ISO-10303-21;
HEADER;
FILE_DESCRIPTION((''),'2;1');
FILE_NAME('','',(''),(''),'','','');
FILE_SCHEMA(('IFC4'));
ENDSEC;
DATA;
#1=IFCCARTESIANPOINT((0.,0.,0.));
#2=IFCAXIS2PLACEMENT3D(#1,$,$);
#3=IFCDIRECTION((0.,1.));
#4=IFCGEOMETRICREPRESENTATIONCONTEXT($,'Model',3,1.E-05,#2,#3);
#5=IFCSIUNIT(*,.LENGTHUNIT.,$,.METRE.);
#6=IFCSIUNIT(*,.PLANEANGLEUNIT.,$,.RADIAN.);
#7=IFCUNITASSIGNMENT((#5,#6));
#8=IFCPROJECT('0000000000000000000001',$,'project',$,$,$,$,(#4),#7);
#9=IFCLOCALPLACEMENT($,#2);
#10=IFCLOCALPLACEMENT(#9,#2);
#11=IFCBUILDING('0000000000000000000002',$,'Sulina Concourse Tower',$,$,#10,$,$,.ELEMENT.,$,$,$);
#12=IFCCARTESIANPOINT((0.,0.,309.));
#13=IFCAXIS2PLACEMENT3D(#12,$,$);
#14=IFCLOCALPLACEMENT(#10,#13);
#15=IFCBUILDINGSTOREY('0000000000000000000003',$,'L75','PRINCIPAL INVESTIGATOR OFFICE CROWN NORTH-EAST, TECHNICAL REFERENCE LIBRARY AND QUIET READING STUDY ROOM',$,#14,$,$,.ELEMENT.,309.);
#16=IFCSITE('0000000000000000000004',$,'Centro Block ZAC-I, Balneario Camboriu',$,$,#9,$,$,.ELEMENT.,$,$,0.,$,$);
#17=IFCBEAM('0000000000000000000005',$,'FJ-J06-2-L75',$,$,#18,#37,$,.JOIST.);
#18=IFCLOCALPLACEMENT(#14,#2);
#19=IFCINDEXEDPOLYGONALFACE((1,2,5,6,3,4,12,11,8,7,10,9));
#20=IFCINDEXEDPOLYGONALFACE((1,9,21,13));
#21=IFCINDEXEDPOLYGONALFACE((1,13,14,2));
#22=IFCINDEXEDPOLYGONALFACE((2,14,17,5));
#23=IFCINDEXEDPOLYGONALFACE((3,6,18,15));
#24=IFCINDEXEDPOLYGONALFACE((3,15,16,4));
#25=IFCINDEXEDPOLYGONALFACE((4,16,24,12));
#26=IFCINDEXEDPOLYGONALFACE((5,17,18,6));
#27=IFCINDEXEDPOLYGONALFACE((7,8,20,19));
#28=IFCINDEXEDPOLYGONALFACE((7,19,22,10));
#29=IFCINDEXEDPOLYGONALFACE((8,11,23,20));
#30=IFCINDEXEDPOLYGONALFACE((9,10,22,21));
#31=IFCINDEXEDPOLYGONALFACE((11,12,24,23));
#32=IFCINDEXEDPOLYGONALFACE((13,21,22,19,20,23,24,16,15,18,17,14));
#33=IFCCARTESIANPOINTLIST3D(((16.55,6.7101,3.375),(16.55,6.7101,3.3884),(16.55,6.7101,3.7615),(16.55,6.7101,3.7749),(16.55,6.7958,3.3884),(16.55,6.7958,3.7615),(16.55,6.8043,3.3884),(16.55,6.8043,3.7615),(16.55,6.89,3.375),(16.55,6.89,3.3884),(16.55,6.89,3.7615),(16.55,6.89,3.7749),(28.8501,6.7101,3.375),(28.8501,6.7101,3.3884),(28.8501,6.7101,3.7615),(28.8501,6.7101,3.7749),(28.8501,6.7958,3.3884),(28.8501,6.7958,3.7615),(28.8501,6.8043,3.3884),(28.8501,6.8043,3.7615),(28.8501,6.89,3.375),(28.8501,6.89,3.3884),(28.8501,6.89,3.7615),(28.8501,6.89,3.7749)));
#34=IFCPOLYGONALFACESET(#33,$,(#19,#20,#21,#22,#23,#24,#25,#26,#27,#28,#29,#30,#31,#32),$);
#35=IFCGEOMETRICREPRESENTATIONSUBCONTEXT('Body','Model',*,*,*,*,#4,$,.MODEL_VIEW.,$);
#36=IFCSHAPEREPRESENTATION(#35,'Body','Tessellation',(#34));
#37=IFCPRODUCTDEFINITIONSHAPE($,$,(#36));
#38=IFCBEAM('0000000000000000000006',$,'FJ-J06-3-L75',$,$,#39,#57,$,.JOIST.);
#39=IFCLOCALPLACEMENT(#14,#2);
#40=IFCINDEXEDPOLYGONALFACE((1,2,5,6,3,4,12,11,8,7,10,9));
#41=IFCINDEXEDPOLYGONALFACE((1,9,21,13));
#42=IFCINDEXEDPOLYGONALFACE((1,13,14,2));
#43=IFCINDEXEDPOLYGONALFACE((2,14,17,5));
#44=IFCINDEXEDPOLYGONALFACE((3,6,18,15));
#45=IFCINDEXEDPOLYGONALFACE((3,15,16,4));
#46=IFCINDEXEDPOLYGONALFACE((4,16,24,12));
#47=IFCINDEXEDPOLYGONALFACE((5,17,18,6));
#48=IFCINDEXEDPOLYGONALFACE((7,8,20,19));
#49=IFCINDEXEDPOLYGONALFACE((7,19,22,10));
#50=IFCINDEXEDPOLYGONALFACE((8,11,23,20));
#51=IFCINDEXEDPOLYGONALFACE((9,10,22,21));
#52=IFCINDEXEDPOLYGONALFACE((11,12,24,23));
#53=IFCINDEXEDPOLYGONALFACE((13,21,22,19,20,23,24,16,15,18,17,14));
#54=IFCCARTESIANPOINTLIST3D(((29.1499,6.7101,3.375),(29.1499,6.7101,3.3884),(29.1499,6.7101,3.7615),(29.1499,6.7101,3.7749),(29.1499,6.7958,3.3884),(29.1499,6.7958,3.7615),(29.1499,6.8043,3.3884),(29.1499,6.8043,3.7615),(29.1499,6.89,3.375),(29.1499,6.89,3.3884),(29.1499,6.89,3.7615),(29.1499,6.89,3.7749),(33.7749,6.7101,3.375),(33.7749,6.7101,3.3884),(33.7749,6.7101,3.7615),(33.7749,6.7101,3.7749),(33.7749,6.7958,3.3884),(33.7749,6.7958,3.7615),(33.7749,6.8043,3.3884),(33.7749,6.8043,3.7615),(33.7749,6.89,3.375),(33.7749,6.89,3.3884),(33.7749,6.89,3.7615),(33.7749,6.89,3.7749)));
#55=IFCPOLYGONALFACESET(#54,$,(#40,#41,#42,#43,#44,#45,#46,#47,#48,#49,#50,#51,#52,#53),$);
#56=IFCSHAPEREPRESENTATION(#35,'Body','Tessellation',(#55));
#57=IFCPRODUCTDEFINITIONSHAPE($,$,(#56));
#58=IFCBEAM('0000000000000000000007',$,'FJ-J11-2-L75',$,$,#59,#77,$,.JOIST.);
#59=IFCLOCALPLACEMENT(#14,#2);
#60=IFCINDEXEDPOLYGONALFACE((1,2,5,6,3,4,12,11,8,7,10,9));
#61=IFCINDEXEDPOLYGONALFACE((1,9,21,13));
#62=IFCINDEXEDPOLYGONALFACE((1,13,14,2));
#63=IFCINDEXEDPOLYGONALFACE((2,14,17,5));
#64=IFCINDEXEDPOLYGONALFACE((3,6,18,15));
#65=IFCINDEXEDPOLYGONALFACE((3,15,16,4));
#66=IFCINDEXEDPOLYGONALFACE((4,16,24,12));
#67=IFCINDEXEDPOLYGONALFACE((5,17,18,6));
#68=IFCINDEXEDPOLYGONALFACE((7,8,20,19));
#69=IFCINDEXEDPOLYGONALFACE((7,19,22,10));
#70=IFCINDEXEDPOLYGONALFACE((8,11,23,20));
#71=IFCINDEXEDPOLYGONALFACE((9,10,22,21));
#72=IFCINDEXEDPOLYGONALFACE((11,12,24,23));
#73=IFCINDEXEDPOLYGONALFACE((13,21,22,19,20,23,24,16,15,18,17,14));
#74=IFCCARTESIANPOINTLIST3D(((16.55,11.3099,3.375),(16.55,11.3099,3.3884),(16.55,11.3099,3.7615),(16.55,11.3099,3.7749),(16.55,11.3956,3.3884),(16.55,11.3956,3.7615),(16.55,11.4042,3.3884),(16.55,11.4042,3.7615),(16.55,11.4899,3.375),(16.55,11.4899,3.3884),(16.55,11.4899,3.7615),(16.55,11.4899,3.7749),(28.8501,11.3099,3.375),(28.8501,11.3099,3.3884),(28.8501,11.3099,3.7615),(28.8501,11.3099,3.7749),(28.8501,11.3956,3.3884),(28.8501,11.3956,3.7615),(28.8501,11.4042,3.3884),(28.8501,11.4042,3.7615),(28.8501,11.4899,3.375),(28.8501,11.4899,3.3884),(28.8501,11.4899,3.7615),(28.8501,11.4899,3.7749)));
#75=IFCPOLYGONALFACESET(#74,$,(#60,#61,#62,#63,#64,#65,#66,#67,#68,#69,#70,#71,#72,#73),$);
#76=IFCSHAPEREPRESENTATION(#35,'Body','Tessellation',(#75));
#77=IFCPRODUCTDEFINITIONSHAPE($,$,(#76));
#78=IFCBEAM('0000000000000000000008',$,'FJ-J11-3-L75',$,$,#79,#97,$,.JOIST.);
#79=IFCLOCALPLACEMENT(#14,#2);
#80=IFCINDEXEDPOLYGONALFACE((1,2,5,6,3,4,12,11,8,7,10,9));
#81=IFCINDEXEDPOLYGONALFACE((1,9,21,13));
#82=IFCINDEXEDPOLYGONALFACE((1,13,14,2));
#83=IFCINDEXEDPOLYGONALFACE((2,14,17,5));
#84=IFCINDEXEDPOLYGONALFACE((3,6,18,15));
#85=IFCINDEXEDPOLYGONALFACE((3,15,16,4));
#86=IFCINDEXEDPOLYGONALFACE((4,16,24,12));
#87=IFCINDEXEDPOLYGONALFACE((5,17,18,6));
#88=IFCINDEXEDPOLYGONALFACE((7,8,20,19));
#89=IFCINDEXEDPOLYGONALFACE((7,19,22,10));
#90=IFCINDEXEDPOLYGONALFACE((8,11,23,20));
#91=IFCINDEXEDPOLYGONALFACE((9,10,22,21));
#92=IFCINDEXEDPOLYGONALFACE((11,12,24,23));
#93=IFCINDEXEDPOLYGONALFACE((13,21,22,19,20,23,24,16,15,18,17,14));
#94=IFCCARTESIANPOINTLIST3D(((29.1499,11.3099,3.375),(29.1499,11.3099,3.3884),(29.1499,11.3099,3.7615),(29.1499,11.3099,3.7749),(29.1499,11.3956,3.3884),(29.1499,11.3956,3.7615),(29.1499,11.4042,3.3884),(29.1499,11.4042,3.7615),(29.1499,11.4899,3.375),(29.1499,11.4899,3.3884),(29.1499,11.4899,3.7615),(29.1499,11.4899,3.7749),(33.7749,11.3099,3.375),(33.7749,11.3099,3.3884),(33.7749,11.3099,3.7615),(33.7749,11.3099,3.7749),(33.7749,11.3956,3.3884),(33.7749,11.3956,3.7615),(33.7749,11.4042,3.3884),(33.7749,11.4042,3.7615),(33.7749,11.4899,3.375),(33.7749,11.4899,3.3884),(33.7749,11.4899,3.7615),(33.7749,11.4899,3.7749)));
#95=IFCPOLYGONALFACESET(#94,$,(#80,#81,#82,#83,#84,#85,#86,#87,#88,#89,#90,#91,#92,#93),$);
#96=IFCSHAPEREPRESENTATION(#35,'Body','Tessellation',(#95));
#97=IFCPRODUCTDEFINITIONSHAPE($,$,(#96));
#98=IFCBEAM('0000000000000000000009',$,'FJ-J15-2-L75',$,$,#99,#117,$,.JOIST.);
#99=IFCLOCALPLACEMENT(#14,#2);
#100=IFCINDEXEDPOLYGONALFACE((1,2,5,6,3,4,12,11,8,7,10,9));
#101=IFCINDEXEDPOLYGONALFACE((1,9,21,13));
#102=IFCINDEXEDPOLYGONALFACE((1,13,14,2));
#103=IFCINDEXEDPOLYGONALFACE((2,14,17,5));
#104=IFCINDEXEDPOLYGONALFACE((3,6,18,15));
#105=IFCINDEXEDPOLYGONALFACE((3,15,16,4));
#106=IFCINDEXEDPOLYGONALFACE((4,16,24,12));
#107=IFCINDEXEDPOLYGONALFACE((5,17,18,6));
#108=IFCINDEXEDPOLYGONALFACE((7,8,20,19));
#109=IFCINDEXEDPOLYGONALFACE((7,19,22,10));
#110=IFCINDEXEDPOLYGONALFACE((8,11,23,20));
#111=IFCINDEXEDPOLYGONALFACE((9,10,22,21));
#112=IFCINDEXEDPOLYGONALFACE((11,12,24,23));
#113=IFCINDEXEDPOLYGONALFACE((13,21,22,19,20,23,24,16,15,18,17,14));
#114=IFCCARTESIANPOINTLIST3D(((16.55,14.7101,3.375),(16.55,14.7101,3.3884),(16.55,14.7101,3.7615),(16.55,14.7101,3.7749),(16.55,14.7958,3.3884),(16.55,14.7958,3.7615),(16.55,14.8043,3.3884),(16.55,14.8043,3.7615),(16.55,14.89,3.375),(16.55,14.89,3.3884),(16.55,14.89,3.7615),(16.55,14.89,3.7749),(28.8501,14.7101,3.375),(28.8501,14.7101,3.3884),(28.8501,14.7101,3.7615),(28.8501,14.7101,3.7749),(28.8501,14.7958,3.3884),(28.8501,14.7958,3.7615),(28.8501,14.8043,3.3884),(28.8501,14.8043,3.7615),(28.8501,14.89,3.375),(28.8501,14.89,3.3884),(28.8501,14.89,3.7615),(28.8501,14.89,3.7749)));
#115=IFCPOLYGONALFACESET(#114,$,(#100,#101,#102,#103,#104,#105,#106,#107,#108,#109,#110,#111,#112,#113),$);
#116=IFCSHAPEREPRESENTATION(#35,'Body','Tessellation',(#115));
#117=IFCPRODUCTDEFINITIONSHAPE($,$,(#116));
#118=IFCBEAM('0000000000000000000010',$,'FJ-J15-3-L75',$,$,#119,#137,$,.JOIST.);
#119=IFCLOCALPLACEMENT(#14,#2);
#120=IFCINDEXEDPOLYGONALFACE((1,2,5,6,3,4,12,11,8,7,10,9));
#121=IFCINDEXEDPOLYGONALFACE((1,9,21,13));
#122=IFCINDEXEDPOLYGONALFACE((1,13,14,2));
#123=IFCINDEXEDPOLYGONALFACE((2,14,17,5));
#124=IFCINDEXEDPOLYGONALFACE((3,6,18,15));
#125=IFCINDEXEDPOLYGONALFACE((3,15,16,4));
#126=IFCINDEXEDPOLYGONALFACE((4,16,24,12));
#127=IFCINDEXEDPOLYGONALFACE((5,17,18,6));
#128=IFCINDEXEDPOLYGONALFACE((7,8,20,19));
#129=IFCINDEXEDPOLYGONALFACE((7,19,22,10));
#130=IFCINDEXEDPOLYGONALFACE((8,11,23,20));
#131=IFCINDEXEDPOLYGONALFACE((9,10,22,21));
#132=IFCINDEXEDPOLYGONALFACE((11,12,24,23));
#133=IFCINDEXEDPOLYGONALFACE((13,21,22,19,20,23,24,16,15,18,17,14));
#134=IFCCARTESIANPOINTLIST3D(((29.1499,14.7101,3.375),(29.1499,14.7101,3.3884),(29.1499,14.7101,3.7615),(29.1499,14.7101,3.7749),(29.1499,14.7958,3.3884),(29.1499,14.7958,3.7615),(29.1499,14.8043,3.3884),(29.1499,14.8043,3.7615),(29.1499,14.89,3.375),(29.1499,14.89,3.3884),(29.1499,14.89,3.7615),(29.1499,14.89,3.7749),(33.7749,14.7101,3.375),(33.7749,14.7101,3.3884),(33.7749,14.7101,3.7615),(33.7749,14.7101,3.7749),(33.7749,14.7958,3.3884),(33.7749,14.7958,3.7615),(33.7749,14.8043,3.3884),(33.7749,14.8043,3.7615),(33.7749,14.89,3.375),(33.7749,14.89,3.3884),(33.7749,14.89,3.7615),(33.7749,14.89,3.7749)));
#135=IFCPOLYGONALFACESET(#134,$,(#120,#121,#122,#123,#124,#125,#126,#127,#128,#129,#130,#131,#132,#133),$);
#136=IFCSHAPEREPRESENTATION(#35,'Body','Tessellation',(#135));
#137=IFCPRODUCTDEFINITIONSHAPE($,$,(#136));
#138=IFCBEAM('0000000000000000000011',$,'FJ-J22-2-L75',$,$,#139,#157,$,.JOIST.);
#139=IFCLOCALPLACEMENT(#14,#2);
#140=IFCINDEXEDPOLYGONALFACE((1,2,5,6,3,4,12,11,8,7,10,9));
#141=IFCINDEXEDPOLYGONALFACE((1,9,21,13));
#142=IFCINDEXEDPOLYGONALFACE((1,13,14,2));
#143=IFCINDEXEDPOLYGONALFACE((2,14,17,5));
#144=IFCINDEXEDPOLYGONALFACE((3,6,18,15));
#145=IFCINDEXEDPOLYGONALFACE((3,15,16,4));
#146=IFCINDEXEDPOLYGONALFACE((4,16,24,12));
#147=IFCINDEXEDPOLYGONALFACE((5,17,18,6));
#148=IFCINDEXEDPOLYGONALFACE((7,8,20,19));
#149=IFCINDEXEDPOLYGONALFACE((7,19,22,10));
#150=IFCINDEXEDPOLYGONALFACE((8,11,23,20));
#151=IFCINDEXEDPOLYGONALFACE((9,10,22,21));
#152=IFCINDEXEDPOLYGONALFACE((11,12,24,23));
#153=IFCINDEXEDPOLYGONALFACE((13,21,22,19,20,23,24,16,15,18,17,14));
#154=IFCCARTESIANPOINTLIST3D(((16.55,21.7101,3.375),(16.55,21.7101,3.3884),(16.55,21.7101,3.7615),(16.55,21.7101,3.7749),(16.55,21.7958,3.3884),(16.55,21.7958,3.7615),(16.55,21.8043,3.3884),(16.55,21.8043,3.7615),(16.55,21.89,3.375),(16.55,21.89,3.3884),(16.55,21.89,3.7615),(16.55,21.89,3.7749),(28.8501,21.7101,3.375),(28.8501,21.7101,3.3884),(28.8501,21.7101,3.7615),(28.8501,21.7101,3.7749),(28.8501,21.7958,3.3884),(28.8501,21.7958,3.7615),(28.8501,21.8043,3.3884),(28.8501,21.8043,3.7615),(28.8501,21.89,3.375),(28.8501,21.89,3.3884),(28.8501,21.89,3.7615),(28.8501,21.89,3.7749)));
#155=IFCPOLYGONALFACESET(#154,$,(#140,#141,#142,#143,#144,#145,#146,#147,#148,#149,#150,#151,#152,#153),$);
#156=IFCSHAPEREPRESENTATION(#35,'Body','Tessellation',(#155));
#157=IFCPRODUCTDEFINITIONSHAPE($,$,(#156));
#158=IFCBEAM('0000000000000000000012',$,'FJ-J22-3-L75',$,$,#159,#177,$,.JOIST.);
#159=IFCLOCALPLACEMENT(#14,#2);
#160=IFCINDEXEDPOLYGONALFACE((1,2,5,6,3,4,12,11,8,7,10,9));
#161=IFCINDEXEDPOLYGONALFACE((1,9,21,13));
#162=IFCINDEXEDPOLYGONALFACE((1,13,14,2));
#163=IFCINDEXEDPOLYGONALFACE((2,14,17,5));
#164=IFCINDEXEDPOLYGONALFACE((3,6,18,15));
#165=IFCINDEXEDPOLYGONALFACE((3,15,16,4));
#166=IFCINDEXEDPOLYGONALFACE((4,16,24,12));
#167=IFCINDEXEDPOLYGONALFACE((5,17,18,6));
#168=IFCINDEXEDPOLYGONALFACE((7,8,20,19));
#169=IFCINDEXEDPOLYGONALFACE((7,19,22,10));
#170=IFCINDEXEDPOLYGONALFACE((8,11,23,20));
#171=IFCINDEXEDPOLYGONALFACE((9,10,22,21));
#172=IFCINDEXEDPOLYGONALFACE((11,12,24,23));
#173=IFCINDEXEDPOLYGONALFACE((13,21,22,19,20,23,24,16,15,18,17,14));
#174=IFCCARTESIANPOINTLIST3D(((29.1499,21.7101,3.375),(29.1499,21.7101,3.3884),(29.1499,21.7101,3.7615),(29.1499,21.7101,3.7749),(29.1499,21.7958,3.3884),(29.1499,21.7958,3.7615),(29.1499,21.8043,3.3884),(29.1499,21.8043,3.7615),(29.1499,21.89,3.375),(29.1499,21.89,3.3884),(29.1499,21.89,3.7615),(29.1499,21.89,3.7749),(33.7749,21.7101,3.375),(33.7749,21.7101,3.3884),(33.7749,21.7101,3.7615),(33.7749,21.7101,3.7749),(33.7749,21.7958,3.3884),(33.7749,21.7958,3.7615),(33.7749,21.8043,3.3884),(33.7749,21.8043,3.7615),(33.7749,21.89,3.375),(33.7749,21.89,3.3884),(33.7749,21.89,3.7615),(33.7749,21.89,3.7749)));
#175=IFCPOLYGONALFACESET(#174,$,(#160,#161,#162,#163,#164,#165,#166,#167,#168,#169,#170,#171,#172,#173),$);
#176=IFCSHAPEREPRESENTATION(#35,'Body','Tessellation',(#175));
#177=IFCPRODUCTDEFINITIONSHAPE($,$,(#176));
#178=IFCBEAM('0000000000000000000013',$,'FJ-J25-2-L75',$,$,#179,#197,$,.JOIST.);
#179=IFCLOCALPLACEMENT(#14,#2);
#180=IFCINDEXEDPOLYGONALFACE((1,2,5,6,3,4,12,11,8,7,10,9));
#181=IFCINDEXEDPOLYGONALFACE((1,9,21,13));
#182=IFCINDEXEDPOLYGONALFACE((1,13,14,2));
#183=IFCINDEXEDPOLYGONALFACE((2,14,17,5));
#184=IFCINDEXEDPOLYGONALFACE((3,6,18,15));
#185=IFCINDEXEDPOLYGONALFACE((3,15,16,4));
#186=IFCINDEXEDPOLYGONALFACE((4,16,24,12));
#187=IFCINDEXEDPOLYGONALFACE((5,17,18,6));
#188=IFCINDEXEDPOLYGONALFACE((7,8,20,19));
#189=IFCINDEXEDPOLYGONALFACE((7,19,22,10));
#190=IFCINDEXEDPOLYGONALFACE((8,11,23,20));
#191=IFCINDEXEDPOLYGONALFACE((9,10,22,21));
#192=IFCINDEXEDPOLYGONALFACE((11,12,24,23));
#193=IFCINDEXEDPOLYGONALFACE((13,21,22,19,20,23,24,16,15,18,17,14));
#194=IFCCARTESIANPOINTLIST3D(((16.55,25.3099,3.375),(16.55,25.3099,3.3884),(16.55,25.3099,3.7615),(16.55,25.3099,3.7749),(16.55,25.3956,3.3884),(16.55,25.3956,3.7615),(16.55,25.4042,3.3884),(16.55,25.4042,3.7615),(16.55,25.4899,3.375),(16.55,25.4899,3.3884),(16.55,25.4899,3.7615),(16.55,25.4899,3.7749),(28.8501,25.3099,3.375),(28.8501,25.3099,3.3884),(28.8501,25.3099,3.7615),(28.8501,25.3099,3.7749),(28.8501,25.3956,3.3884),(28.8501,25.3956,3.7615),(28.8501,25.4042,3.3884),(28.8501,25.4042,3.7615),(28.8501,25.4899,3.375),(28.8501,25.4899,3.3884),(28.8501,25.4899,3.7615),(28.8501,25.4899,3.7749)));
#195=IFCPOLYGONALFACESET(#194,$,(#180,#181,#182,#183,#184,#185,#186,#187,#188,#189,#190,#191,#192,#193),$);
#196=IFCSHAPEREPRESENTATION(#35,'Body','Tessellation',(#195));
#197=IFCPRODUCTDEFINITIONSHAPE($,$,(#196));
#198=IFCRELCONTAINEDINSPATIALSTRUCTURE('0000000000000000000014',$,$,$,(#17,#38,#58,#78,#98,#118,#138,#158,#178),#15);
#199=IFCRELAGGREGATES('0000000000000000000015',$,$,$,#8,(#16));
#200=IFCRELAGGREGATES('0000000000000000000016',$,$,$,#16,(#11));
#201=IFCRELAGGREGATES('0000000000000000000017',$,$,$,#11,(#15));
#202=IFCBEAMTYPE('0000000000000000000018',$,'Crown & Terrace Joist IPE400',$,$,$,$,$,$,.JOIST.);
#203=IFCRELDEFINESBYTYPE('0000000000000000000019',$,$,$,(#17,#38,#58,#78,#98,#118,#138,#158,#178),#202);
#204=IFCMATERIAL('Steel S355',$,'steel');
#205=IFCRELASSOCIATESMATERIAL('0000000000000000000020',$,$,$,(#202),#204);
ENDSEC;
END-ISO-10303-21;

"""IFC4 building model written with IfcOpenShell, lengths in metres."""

from ifc_helpers import new_model, si_unit, direction, frame, origin, origin_2d, place, context, subcontext, project, spatial, i_section, extrude, material, material_profile, profile_set, type_object, element, save


model = new_model("IFC4")

# Units and contexts
model_context = context("Model", 3, precision=1e-05, world=origin(), true_north=direction((0.0, 1.0)))
body_context = subcontext(model_context, "Body", "Model", "MODEL_VIEW")
ifc_project = project(units=[si_unit("LENGTHUNIT", "METRE"), si_unit("PLANEANGLEUNIT", "RADIAN")], contexts=[model_context])

# Site, building, storey
site_placement = place(None, origin())
site = spatial("IfcSite", under=ifc_project, at=site_placement, Name="Centro Block ZAC-I, Balneario Camboriu", CompositionType="ELEMENT", RefElevation=0.0)
building_placement = place(site_placement, origin())
building = spatial("IfcBuilding", under=site, at=building_placement, Name="Sulina Concourse Tower", CompositionType="ELEMENT")
storey_placement = place(building_placement, frame((0.0, 0.0, 309.0)))
storey = spatial("IfcBuildingStorey", under=building, at=storey_placement, Name="L75", Description="PRINCIPAL INVESTIGATOR OFFICE CROWN NORTH-EAST, TECHNICAL REFERENCE LIBRARY AND QUIET READING STUDY ROOM", CompositionType="ELEMENT", Elevation=309.0)

# Beams
ifc_material_1 = material(Name="Steel S355", Category="steel")
ifc_material_profile_1 = material_profile(ifc_material_1, i_section(OverallWidth=0.1799, OverallDepth=0.3999, WebThickness=0.0085, FlangeThickness=0.0134, at=origin_2d()), Name="IPE 400")
ifc_profile_set_1 = profile_set([ifc_material_profile_1], Name="Steel S355")
beam_type_1 = type_object("IfcBeamType", Name="Crown & Terrace Joist IPE400", PredefinedType="JOIST", material=ifc_profile_set_1)
beam_1_placement = place(storey_placement, frame((16.55, 6.8, 3.575), z_axis=(1.0, 0.0, 0.0), x_axis=(0.0, 1.0, 0.0)))
element("IfcBeam", 1, at=beam_1_placement, inside=storey, type_object=beam_type_1, Name="FJ-J06-2-L75", PredefinedType="JOIST", context=body_context, shape_type="SweptSolid", body=[
    extrude(i_section(OverallWidth=0.1799, OverallDepth=0.3999, WebThickness=0.0085, FlangeThickness=0.0134, at=origin_2d()), origin(), (0.0, 0.0, 1.0), 12.3),
])
beam_2_placement = place(storey_placement, frame((29.1499, 6.8, 3.575), z_axis=(1.0, 0.0, 0.0), x_axis=(0.0, 1.0, 0.0)))
element("IfcBeam", 2, at=beam_2_placement, inside=storey, type_object=beam_type_1, Name="FJ-J06-3-L75", PredefinedType="JOIST", context=body_context, shape_type="SweptSolid", body=[
    extrude(i_section(OverallWidth=0.1799, OverallDepth=0.3999, WebThickness=0.0085, FlangeThickness=0.0134, at=origin_2d()), origin(), (0.0, 0.0, 1.0), 4.625),
])
beam_3_placement = place(storey_placement, frame((16.55, 11.3999, 3.575), z_axis=(1.0, 0.0, 0.0), x_axis=(0.0, 1.0, 0.0)))
element("IfcBeam", 3, at=beam_3_placement, inside=storey, type_object=beam_type_1, Name="FJ-J11-2-L75", PredefinedType="JOIST", context=body_context, shape_type="SweptSolid", body=[
    extrude(i_section(OverallWidth=0.1799, OverallDepth=0.3999, WebThickness=0.0085, FlangeThickness=0.0134, at=origin_2d()), origin(), (0.0, 0.0, 1.0), 12.3),
])
beam_4_placement = place(storey_placement, frame((29.1499, 11.3999, 3.575), z_axis=(1.0, 0.0, 0.0), x_axis=(0.0, 1.0, 0.0)))
element("IfcBeam", 4, at=beam_4_placement, inside=storey, type_object=beam_type_1, Name="FJ-J11-3-L75", PredefinedType="JOIST", context=body_context, shape_type="SweptSolid", body=[
    extrude(i_section(OverallWidth=0.1799, OverallDepth=0.3999, WebThickness=0.0085, FlangeThickness=0.0134, at=origin_2d()), origin(), (0.0, 0.0, 1.0), 4.625),
])
beam_5_placement = place(storey_placement, frame((16.55, 14.8, 3.575), z_axis=(1.0, 0.0, 0.0), x_axis=(0.0, 1.0, 0.0)))
element("IfcBeam", 5, at=beam_5_placement, inside=storey, type_object=beam_type_1, Name="FJ-J15-2-L75", PredefinedType="JOIST", context=body_context, shape_type="SweptSolid", body=[
    extrude(i_section(OverallWidth=0.1799, OverallDepth=0.3999, WebThickness=0.0085, FlangeThickness=0.0134, at=origin_2d()), origin(), (0.0, 0.0, 1.0), 12.3),
])
beam_6_placement = place(storey_placement, frame((29.1499, 14.8, 3.575), z_axis=(1.0, 0.0, 0.0), x_axis=(0.0, 1.0, 0.0)))
element("IfcBeam", 6, at=beam_6_placement, inside=storey, type_object=beam_type_1, Name="FJ-J15-3-L75", PredefinedType="JOIST", context=body_context, shape_type="SweptSolid", body=[
    extrude(i_section(OverallWidth=0.1799, OverallDepth=0.3999, WebThickness=0.0085, FlangeThickness=0.0134, at=origin_2d()), origin(), (0.0, 0.0, 1.0), 4.625),
])
beam_7_placement = place(storey_placement, frame((16.55, 21.8, 3.575), z_axis=(1.0, 0.0, 0.0), x_axis=(0.0, 1.0, 0.0)))
element("IfcBeam", 7, at=beam_7_placement, inside=storey, type_object=beam_type_1, Name="FJ-J22-2-L75", PredefinedType="JOIST", context=body_context, shape_type="SweptSolid", body=[
    extrude(i_section(OverallWidth=0.1799, OverallDepth=0.3999, WebThickness=0.0085, FlangeThickness=0.0134, at=origin_2d()), origin(), (0.0, 0.0, 1.0), 12.3),
])
beam_8_placement = place(storey_placement, frame((29.1499, 21.8, 3.575), z_axis=(1.0, 0.0, 0.0), x_axis=(0.0, 1.0, 0.0)))
element("IfcBeam", 8, at=beam_8_placement, inside=storey, type_object=beam_type_1, Name="FJ-J22-3-L75", PredefinedType="JOIST", context=body_context, shape_type="SweptSolid", body=[
    extrude(i_section(OverallWidth=0.1799, OverallDepth=0.3999, WebThickness=0.0085, FlangeThickness=0.0134, at=origin_2d()), origin(), (0.0, 0.0, 1.0), 4.625),
])
beam_9_placement = place(storey_placement, frame((16.55, 25.3999, 3.575), z_axis=(1.0, 0.0, 0.0), x_axis=(0.0, 1.0, 0.0)))
element("IfcBeam", 9, at=beam_9_placement, inside=storey, type_object=beam_type_1, Name="FJ-J25-2-L75", PredefinedType="JOIST", context=body_context, shape_type="SweptSolid", body=[
    extrude(i_section(OverallWidth=0.1799, OverallDepth=0.3999, WebThickness=0.0085, FlangeThickness=0.0134, at=origin_2d()), origin(), (0.0, 0.0, 1.0), 12.3),
])

save(model, "model.ifc")
